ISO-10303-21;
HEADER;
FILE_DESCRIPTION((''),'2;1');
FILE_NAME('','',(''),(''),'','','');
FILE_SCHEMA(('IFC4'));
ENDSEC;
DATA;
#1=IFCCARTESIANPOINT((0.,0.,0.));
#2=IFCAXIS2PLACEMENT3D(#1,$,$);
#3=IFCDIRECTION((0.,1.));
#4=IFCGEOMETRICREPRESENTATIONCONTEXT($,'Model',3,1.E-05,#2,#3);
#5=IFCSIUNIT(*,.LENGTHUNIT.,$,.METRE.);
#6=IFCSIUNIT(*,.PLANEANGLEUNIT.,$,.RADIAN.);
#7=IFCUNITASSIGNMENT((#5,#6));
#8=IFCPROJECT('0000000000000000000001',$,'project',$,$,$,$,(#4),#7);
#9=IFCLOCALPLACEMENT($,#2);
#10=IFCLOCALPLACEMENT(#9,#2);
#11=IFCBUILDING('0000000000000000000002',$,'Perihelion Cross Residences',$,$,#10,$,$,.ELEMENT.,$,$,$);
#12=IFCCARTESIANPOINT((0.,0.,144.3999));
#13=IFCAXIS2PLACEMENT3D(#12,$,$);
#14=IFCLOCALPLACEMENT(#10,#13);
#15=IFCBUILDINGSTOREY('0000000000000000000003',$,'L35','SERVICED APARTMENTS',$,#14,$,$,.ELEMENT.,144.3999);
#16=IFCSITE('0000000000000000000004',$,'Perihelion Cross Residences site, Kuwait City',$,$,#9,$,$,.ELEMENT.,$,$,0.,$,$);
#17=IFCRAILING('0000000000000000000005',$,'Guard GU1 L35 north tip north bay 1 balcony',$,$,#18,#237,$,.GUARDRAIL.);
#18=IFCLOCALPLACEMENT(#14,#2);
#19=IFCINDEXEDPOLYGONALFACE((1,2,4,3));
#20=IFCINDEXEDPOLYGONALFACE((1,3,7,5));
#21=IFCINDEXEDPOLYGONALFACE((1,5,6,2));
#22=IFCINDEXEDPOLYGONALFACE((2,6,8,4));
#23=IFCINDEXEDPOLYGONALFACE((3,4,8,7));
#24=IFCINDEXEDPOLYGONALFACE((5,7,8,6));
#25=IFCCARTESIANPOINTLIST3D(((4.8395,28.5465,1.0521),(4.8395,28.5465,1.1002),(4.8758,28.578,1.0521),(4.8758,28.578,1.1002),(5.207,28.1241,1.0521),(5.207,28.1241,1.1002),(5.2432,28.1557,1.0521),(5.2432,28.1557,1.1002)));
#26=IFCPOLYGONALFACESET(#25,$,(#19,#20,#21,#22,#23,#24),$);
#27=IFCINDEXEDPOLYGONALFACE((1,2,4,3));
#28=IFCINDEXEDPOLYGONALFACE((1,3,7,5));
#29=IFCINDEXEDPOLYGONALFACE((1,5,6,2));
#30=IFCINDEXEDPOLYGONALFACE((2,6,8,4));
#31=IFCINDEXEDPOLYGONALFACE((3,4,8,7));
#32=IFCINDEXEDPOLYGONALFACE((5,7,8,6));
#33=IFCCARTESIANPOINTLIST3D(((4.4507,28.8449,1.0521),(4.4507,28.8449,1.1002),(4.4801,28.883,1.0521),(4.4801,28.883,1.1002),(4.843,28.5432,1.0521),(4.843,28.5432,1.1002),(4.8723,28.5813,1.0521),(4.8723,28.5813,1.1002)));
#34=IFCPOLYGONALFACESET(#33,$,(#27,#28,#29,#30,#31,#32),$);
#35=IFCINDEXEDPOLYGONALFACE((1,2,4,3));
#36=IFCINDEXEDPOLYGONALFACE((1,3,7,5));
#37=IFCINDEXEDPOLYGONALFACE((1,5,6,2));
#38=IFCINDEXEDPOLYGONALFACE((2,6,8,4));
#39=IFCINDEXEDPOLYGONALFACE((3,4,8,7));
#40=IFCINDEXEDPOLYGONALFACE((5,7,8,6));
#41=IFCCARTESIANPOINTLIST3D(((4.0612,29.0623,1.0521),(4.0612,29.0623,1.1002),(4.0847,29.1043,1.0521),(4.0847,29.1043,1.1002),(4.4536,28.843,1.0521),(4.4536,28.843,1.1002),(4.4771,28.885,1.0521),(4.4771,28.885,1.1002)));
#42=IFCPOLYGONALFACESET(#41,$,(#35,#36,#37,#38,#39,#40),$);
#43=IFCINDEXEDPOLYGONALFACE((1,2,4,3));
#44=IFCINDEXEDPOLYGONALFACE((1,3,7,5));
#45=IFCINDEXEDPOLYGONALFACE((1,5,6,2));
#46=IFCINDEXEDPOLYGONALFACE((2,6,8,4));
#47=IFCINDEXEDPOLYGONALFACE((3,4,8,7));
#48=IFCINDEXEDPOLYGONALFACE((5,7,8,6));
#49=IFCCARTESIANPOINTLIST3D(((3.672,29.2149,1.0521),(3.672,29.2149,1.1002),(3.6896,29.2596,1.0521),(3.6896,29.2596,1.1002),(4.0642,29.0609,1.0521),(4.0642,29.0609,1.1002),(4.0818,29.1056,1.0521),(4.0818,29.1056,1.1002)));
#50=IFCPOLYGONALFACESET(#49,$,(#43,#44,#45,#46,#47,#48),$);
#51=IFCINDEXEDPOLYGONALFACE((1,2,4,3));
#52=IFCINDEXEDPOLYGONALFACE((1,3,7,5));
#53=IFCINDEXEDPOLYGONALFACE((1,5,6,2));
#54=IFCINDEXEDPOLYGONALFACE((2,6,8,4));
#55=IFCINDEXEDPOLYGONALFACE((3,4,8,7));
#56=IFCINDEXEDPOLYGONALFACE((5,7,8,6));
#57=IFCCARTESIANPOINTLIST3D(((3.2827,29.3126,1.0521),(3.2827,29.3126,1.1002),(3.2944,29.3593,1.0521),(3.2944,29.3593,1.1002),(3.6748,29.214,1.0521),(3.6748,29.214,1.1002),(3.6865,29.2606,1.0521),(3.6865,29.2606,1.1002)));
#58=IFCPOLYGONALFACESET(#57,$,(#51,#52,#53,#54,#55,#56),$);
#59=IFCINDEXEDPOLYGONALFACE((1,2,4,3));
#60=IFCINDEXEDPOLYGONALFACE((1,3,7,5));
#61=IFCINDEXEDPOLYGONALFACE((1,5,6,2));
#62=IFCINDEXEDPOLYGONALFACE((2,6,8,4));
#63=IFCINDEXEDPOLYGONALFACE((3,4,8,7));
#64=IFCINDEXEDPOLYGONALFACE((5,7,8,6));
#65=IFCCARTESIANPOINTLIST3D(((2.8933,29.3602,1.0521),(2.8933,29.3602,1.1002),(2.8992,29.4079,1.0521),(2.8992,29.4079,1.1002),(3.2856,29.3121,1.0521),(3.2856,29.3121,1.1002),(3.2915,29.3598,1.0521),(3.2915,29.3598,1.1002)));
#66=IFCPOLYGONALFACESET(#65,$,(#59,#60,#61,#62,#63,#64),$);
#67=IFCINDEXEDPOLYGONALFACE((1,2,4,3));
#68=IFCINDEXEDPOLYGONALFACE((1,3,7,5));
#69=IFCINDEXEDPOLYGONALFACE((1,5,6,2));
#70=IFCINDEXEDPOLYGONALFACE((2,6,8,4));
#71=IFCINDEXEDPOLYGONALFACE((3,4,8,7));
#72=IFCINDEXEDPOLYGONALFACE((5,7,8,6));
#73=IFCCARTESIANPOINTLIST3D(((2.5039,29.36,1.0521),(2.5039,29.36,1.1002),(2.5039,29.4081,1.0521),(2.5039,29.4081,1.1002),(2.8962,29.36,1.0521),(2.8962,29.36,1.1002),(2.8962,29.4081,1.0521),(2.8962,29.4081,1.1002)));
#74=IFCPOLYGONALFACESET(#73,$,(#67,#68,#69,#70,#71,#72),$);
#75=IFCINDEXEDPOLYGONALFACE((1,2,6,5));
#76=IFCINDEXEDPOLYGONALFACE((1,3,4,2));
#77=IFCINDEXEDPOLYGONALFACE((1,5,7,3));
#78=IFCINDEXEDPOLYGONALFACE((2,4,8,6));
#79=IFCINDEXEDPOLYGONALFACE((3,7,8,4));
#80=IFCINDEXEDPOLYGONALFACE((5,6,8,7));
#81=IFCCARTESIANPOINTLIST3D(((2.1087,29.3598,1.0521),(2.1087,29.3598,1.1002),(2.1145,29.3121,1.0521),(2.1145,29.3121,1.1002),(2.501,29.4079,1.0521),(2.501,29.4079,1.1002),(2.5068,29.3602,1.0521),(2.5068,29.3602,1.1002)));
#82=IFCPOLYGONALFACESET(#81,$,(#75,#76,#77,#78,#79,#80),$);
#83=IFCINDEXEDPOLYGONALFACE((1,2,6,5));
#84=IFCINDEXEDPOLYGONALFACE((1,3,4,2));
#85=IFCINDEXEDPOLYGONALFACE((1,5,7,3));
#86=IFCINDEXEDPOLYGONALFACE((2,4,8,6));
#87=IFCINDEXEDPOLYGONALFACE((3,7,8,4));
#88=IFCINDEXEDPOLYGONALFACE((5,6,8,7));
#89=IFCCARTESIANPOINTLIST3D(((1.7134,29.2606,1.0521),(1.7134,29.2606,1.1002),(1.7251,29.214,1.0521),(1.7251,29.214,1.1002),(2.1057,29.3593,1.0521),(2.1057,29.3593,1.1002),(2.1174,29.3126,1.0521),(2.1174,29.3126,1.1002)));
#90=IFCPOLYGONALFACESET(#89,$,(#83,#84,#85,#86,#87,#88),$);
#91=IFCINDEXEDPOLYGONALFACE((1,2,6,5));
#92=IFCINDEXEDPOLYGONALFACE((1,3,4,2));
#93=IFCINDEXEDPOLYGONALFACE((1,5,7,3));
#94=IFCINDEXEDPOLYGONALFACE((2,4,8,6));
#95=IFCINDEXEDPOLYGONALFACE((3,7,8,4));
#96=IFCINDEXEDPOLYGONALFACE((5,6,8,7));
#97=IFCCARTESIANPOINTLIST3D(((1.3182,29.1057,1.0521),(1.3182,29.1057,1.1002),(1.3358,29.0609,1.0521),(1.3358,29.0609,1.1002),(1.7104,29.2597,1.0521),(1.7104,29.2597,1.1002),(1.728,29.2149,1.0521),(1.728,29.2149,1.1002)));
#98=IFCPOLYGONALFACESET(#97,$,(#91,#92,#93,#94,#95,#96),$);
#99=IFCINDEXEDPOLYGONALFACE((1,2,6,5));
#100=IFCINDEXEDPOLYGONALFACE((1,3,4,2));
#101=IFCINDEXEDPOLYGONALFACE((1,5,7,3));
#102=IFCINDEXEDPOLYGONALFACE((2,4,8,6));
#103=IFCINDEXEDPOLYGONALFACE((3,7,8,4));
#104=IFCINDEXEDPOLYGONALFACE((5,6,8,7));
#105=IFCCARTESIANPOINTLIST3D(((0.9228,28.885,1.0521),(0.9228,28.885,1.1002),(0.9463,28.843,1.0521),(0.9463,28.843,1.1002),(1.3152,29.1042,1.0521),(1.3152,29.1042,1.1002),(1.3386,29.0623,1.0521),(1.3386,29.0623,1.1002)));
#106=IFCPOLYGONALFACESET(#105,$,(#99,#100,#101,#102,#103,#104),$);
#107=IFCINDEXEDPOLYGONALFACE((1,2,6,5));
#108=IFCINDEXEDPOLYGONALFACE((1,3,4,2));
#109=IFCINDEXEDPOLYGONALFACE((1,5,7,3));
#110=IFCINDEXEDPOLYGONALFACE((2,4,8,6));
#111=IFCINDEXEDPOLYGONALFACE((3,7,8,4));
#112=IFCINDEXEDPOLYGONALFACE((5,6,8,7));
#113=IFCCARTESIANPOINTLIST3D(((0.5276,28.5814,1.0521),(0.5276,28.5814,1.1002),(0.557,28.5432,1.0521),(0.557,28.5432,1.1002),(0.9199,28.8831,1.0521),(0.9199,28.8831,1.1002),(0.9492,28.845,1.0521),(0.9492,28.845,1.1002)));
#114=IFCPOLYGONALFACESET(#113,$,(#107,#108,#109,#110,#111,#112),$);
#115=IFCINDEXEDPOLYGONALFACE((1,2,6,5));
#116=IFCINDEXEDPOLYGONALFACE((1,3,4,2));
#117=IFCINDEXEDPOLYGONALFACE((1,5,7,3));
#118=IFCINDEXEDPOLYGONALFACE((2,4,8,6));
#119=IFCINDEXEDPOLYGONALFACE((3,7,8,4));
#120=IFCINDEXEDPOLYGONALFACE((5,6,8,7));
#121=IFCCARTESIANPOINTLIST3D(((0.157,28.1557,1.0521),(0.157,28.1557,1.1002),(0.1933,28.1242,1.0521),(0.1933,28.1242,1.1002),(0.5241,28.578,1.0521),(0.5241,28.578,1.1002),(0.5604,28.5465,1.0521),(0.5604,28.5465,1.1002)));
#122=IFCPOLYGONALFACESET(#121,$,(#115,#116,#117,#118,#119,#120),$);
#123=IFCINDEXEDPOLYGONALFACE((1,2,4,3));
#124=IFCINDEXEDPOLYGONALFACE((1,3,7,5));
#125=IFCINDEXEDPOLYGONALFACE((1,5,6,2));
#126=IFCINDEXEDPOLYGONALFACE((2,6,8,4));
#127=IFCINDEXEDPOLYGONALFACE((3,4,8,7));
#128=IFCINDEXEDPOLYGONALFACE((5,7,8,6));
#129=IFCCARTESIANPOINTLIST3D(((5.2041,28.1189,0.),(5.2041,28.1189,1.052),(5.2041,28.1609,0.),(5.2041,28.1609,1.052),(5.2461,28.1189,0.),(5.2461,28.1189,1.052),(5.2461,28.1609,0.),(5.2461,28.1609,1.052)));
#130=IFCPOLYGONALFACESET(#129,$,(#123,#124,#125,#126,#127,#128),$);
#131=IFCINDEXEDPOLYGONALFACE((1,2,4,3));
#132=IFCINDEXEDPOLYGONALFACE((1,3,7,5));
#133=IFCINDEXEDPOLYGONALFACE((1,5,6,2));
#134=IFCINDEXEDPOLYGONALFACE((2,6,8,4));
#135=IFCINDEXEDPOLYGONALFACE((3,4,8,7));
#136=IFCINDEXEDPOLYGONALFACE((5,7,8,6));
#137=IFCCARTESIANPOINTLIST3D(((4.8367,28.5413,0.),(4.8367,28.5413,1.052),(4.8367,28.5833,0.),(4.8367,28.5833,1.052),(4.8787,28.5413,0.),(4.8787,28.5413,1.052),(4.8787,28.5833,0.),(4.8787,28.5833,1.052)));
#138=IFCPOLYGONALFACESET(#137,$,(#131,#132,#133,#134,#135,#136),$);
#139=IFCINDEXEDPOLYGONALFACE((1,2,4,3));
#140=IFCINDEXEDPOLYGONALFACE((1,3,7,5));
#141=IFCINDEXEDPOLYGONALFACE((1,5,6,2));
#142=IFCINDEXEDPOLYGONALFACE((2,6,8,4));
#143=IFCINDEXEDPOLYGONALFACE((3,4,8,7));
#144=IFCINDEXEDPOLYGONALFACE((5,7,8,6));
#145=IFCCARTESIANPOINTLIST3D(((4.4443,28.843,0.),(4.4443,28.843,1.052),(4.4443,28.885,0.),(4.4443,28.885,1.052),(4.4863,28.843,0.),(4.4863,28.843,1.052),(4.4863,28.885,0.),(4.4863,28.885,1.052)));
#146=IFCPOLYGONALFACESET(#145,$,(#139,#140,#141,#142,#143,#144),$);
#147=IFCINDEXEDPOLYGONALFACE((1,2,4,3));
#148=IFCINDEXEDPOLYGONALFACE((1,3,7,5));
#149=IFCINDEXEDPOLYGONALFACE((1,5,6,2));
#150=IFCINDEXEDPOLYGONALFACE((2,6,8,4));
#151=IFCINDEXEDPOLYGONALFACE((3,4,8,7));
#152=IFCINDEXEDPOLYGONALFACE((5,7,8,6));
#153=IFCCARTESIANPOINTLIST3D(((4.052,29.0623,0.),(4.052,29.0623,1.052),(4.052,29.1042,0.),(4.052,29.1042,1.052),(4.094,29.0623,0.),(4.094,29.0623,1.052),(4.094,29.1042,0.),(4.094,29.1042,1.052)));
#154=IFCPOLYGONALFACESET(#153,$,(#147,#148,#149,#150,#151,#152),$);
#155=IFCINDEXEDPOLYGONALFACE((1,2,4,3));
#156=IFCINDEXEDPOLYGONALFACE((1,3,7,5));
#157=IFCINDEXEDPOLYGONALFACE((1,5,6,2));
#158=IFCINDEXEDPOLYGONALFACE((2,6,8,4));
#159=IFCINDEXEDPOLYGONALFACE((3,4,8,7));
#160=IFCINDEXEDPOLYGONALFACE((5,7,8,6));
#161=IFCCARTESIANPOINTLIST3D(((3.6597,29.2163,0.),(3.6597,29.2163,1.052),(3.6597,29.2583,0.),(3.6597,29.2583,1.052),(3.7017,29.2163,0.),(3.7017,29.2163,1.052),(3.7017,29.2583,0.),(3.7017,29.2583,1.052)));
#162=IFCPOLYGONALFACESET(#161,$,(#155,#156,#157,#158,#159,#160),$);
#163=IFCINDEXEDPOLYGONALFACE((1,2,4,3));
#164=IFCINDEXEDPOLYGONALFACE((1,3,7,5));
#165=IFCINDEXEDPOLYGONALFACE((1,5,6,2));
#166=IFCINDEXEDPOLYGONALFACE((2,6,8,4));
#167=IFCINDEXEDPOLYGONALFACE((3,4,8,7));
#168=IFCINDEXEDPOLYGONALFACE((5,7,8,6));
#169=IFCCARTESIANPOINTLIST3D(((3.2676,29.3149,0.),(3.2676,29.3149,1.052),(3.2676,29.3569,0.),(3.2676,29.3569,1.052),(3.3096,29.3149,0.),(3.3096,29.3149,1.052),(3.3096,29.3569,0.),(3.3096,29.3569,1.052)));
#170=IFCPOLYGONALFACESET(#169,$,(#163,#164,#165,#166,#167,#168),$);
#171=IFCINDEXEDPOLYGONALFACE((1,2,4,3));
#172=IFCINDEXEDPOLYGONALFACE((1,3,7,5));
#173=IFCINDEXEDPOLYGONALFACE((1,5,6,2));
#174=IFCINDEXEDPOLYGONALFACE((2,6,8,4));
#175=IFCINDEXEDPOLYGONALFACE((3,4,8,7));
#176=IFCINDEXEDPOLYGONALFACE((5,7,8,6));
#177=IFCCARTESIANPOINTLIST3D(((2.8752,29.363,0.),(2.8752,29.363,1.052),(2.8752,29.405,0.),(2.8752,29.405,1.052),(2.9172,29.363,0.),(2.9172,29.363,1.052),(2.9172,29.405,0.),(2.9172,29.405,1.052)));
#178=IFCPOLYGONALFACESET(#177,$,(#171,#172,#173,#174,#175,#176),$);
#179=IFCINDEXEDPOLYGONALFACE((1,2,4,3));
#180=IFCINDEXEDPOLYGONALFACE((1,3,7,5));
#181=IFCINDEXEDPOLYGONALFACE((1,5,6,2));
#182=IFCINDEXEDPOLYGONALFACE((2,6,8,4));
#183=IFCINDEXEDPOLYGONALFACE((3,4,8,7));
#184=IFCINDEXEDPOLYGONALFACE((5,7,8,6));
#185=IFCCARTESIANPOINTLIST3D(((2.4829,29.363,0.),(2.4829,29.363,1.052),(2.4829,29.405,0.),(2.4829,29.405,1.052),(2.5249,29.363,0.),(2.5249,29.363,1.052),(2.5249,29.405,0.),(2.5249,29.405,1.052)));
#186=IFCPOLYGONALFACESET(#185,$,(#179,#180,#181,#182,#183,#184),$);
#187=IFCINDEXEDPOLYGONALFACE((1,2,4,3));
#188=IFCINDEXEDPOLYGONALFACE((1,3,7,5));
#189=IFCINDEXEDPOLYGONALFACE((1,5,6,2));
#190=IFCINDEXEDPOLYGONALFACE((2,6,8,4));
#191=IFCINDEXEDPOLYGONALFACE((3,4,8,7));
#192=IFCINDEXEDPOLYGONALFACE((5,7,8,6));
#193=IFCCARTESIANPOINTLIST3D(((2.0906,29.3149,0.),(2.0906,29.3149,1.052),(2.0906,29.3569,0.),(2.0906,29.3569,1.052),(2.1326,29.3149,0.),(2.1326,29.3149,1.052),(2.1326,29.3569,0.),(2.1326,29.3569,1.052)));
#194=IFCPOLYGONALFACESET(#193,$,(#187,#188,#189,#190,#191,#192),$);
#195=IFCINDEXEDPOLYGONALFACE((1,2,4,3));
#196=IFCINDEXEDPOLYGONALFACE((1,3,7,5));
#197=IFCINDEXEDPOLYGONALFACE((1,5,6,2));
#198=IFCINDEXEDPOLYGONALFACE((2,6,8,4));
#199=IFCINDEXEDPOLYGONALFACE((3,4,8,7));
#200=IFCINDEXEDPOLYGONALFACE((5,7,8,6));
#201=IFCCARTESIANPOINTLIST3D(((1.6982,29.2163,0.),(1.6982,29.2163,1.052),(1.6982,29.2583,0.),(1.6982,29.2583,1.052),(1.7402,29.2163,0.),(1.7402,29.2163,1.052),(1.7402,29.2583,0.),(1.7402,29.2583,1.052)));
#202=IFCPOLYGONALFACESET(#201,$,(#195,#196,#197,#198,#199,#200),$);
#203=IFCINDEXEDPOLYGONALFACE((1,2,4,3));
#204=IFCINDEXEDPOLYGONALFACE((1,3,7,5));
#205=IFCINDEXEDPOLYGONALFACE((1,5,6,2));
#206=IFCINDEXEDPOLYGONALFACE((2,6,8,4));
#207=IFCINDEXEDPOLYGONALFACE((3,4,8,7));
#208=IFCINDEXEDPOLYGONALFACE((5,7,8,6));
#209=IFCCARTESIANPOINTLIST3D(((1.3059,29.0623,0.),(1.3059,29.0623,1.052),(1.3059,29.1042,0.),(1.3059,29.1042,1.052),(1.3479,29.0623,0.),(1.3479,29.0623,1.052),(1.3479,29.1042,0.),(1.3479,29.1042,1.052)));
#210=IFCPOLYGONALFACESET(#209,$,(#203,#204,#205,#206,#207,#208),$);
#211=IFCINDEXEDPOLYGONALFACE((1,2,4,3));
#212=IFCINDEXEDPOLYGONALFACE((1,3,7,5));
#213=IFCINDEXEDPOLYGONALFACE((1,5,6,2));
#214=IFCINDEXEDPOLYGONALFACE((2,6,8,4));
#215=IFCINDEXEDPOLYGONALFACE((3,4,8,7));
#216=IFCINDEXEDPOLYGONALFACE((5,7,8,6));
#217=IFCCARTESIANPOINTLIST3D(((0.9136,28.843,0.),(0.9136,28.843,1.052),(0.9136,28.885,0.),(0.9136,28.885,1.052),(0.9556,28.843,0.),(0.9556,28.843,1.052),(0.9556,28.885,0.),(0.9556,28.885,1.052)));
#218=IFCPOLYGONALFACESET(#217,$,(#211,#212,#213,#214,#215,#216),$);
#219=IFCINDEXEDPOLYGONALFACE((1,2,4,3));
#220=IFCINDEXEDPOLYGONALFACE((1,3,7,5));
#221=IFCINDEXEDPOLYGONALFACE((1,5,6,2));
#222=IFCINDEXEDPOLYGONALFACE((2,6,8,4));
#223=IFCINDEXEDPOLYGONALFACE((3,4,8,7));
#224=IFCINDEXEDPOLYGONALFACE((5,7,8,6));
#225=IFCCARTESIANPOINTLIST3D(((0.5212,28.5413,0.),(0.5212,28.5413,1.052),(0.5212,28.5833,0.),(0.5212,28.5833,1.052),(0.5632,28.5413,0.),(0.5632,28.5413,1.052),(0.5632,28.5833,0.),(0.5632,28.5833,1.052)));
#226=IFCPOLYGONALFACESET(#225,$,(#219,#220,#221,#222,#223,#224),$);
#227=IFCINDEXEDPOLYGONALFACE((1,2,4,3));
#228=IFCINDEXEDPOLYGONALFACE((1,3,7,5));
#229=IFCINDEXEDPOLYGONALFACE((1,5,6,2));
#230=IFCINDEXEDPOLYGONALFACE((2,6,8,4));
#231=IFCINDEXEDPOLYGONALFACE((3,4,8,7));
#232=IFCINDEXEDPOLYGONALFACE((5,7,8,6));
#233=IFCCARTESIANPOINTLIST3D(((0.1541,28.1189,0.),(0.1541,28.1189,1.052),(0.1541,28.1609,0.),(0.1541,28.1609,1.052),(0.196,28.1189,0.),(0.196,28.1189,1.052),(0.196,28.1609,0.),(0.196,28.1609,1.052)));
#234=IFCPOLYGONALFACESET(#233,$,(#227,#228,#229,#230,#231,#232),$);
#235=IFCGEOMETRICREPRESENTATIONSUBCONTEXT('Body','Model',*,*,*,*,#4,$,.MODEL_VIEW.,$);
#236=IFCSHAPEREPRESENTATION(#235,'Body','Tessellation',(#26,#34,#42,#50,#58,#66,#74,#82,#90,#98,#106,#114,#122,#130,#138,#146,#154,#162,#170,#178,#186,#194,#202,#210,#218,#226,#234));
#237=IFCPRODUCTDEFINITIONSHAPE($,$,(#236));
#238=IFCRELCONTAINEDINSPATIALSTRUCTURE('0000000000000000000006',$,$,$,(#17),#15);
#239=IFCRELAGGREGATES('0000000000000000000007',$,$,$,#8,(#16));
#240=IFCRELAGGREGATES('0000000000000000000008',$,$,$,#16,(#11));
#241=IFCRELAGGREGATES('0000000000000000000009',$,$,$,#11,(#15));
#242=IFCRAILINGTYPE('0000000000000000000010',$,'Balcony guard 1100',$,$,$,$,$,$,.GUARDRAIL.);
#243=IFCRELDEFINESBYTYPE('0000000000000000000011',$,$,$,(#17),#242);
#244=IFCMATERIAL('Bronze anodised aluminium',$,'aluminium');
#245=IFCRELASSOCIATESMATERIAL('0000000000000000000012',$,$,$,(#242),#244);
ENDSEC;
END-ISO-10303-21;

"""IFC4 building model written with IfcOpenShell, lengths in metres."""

from ifc_helpers import new_model, si_unit, direction, frame, origin, origin_2d, place, context, subcontext, project, spatial, rectangle, extrude, material, type_object, element, save


model = new_model("IFC4")

# Units and contexts
model_context = context("Model", 3, precision=1e-05, world=origin(), true_north=direction((0.0, 1.0)))
body_context = subcontext(model_context, "Body", "Model", "MODEL_VIEW")
ifc_project = project(units=[si_unit("LENGTHUNIT", "METRE"), si_unit("PLANEANGLEUNIT", "RADIAN")], contexts=[model_context])

# Site, building, storey
site_placement = place(None, origin())
site = spatial("IfcSite", under=ifc_project, at=site_placement, Name="Perihelion Cross Residences site, Kuwait City", CompositionType="ELEMENT", RefElevation=0.0)
building_placement = place(site_placement, origin())
building = spatial("IfcBuilding", under=site, at=building_placement, Name="Perihelion Cross Residences", CompositionType="ELEMENT")
storey_placement = place(building_placement, frame((0.0, 0.0, 144.3999)))
storey = spatial("IfcBuildingStorey", under=building, at=storey_placement, Name="L35", Description="SERVICED APARTMENTS", CompositionType="ELEMENT", Elevation=144.3999)

# Railing
ifc_material_1 = material(Name="Bronze anodised aluminium", Category="aluminium")
railing_type = type_object("IfcRailingType", Name="Balcony guard 1100", PredefinedType="GUARDRAIL", material=ifc_material_1)
railing_placement = place(storey_placement, frame((5.2251, 28.1399, 0.0)))
element("IfcRailing", 1, at=railing_placement, inside=storey, type_object=railing_type, Name="Guard GU1 L35 north tip north bay 1 balcony", PredefinedType="GUARDRAIL", context=body_context, shape_type="SweptSolid", body=[
    extrude(rectangle(XDim=0.0481, YDim=0.0481, at=origin_2d()), frame((0.0, 0.0, 1.0762), z_axis=(-0.656341, 0.754465, 0.0), x_axis=(-0.754465, -0.656341, 0.0)), (0.0, 0.0, 1.0), 0.5598),
    extrude(rectangle(XDim=0.0481, YDim=0.0481, at=origin_2d()), frame((-0.3674, 0.4224, 1.0762), z_axis=(-0.792661, 0.609663, 0.0), x_axis=(-0.609663, -0.792661, 0.0)), (0.0, 0.0, 1.0), 0.4949),
    extrude(rectangle(XDim=0.0481, YDim=0.0481, at=origin_2d()), frame((-0.7598, 0.7241, 1.0762), z_axis=(-0.87295, 0.487809, 0.0), x_axis=(-0.487809, -0.87295, 0.0)), (0.0, 0.0, 1.0), 0.4495),
    extrude(rectangle(XDim=0.0481, YDim=0.0481, at=origin_2d()), frame((-1.1521, 0.9434, 1.0762), z_axis=(-0.930815, 0.365491, 0.0), x_axis=(-0.365491, -0.930815, 0.0)), (0.0, 0.0, 1.0), 0.4214),
    extrude(rectangle(XDim=0.0481, YDim=0.0481, at=origin_2d()), frame((-1.5444, 1.0974, 1.0762), z_axis=(-0.969786, 0.243956, 0.0), x_axis=(-0.243956, -0.969786, 0.0)), (0.0, 0.0, 1.0), 0.4043),
    extrude(rectangle(XDim=0.0481, YDim=0.0481, at=origin_2d()), frame((-1.9365, 1.196, 1.0762), z_axis=(-0.99257, 0.121678, 0.0), x_axis=(-0.121678, -0.99257, 0.0)), (0.0, 0.0, 1.0), 0.3953),
    extrude(rectangle(XDim=0.0481, YDim=0.0481, at=origin_2d()), frame((-2.3289, 1.2441, 1.0762), z_axis=(-1.0, 0.0, 0.0), x_axis=(0.0, -1.0, 0.0)), (0.0, 0.0, 1.0), 0.3923),
    extrude(rectangle(XDim=0.0481, YDim=0.0481, at=origin_2d()), frame((-2.7212, 1.2441, 1.0762), z_axis=(-0.99257, -0.121678, 0.0), x_axis=(0.121678, -0.99257, 0.0)), (0.0, 0.0, 1.0), 0.3953),
    extrude(rectangle(XDim=0.0481, YDim=0.0481, at=origin_2d()), frame((-3.1135, 1.196, 1.0762), z_axis=(-0.969822, -0.243813, 0.0), x_axis=(0.243813, -0.969822, 0.0)), (0.0, 0.0, 1.0), 0.4045),
    extrude(rectangle(XDim=0.0481, YDim=0.0481, at=origin_2d()), frame((-3.5059, 1.0974, 1.0762), z_axis=(-0.930815, -0.365491, 0.0), x_axis=(0.365491, -0.930815, 0.0)), (0.0, 0.0, 1.0), 0.4214),
    extrude(rectangle(XDim=0.0481, YDim=0.0481, at=origin_2d()), frame((-3.8982, 0.9434, 1.0762), z_axis=(-0.87295, -0.487809, 0.0), x_axis=(0.487809, -0.87295, 0.0)), (0.0, 0.0, 1.0), 0.4495),
    extrude(rectangle(XDim=0.0481, YDim=0.0481, at=origin_2d()), frame((-4.2905, 0.7241, 1.0762), z_axis=(-0.792661, -0.609663, 0.0), x_axis=(0.609663, -0.792661, 0.0)), (0.0, 0.0, 1.0), 0.4949),
    extrude(rectangle(XDim=0.0481, YDim=0.0481, at=origin_2d()), frame((-4.6829, 0.4224, 1.0762), z_axis=(-0.656092, -0.754681, 0.0), x_axis=(0.754681, -0.656092, 0.0)), (0.0, 0.0, 1.0), 0.5596),
    extrude(rectangle(XDim=0.042, YDim=0.042, at=origin_2d()), origin(), (0.0, 0.0, 1.0), 1.052),
    extrude(rectangle(XDim=0.042, YDim=0.042, at=origin_2d()), frame((-0.3674, 0.4224, 0.0)), (0.0, 0.0, 1.0), 1.052),
    extrude(rectangle(XDim=0.042, YDim=0.042, at=origin_2d()), frame((-0.7598, 0.7241, 0.0)), (0.0, 0.0, 1.0), 1.052),
    extrude(rectangle(XDim=0.042, YDim=0.042, at=origin_2d()), frame((-1.1521, 0.9434, 0.0)), (0.0, 0.0, 1.0), 1.052),
    extrude(rectangle(XDim=0.042, YDim=0.042, at=origin_2d()), frame((-1.5444, 1.0974, 0.0)), (0.0, 0.0, 1.0), 1.052),
    extrude(rectangle(XDim=0.042, YDim=0.042, at=origin_2d()), frame((-1.9365, 1.196, 0.0)), (0.0, 0.0, 1.0), 1.052),
    extrude(rectangle(XDim=0.042, YDim=0.042, at=origin_2d()), frame((-2.3289, 1.2441, 0.0)), (0.0, 0.0, 1.0), 1.052),
    extrude(rectangle(XDim=0.042, YDim=0.042, at=origin_2d()), frame((-2.7212, 1.2441, 0.0)), (0.0, 0.0, 1.0), 1.052),
    extrude(rectangle(XDim=0.042, YDim=0.042, at=origin_2d()), frame((-3.1135, 1.196, 0.0)), (0.0, 0.0, 1.0), 1.052),
    extrude(rectangle(XDim=0.042, YDim=0.042, at=origin_2d()), frame((-3.5059, 1.0974, 0.0)), (0.0, 0.0, 1.0), 1.052),
    extrude(rectangle(XDim=0.042, YDim=0.042, at=origin_2d()), frame((-3.8982, 0.9434, 0.0)), (0.0, 0.0, 1.0), 1.052),
    extrude(rectangle(XDim=0.042, YDim=0.042, at=origin_2d()), frame((-4.2905, 0.7241, 0.0)), (0.0, 0.0, 1.0), 1.052),
    extrude(rectangle(XDim=0.042, YDim=0.042, at=origin_2d()), frame((-4.6829, 0.4224, 0.0)), (0.0, 0.0, 1.0), 1.052),
    extrude(rectangle(XDim=0.042, YDim=0.042, at=origin_2d()), frame((-5.05, 0.0, 0.0)), (0.0, 0.0, 1.0), 1.052),
])

save(model, "model.ifc")
